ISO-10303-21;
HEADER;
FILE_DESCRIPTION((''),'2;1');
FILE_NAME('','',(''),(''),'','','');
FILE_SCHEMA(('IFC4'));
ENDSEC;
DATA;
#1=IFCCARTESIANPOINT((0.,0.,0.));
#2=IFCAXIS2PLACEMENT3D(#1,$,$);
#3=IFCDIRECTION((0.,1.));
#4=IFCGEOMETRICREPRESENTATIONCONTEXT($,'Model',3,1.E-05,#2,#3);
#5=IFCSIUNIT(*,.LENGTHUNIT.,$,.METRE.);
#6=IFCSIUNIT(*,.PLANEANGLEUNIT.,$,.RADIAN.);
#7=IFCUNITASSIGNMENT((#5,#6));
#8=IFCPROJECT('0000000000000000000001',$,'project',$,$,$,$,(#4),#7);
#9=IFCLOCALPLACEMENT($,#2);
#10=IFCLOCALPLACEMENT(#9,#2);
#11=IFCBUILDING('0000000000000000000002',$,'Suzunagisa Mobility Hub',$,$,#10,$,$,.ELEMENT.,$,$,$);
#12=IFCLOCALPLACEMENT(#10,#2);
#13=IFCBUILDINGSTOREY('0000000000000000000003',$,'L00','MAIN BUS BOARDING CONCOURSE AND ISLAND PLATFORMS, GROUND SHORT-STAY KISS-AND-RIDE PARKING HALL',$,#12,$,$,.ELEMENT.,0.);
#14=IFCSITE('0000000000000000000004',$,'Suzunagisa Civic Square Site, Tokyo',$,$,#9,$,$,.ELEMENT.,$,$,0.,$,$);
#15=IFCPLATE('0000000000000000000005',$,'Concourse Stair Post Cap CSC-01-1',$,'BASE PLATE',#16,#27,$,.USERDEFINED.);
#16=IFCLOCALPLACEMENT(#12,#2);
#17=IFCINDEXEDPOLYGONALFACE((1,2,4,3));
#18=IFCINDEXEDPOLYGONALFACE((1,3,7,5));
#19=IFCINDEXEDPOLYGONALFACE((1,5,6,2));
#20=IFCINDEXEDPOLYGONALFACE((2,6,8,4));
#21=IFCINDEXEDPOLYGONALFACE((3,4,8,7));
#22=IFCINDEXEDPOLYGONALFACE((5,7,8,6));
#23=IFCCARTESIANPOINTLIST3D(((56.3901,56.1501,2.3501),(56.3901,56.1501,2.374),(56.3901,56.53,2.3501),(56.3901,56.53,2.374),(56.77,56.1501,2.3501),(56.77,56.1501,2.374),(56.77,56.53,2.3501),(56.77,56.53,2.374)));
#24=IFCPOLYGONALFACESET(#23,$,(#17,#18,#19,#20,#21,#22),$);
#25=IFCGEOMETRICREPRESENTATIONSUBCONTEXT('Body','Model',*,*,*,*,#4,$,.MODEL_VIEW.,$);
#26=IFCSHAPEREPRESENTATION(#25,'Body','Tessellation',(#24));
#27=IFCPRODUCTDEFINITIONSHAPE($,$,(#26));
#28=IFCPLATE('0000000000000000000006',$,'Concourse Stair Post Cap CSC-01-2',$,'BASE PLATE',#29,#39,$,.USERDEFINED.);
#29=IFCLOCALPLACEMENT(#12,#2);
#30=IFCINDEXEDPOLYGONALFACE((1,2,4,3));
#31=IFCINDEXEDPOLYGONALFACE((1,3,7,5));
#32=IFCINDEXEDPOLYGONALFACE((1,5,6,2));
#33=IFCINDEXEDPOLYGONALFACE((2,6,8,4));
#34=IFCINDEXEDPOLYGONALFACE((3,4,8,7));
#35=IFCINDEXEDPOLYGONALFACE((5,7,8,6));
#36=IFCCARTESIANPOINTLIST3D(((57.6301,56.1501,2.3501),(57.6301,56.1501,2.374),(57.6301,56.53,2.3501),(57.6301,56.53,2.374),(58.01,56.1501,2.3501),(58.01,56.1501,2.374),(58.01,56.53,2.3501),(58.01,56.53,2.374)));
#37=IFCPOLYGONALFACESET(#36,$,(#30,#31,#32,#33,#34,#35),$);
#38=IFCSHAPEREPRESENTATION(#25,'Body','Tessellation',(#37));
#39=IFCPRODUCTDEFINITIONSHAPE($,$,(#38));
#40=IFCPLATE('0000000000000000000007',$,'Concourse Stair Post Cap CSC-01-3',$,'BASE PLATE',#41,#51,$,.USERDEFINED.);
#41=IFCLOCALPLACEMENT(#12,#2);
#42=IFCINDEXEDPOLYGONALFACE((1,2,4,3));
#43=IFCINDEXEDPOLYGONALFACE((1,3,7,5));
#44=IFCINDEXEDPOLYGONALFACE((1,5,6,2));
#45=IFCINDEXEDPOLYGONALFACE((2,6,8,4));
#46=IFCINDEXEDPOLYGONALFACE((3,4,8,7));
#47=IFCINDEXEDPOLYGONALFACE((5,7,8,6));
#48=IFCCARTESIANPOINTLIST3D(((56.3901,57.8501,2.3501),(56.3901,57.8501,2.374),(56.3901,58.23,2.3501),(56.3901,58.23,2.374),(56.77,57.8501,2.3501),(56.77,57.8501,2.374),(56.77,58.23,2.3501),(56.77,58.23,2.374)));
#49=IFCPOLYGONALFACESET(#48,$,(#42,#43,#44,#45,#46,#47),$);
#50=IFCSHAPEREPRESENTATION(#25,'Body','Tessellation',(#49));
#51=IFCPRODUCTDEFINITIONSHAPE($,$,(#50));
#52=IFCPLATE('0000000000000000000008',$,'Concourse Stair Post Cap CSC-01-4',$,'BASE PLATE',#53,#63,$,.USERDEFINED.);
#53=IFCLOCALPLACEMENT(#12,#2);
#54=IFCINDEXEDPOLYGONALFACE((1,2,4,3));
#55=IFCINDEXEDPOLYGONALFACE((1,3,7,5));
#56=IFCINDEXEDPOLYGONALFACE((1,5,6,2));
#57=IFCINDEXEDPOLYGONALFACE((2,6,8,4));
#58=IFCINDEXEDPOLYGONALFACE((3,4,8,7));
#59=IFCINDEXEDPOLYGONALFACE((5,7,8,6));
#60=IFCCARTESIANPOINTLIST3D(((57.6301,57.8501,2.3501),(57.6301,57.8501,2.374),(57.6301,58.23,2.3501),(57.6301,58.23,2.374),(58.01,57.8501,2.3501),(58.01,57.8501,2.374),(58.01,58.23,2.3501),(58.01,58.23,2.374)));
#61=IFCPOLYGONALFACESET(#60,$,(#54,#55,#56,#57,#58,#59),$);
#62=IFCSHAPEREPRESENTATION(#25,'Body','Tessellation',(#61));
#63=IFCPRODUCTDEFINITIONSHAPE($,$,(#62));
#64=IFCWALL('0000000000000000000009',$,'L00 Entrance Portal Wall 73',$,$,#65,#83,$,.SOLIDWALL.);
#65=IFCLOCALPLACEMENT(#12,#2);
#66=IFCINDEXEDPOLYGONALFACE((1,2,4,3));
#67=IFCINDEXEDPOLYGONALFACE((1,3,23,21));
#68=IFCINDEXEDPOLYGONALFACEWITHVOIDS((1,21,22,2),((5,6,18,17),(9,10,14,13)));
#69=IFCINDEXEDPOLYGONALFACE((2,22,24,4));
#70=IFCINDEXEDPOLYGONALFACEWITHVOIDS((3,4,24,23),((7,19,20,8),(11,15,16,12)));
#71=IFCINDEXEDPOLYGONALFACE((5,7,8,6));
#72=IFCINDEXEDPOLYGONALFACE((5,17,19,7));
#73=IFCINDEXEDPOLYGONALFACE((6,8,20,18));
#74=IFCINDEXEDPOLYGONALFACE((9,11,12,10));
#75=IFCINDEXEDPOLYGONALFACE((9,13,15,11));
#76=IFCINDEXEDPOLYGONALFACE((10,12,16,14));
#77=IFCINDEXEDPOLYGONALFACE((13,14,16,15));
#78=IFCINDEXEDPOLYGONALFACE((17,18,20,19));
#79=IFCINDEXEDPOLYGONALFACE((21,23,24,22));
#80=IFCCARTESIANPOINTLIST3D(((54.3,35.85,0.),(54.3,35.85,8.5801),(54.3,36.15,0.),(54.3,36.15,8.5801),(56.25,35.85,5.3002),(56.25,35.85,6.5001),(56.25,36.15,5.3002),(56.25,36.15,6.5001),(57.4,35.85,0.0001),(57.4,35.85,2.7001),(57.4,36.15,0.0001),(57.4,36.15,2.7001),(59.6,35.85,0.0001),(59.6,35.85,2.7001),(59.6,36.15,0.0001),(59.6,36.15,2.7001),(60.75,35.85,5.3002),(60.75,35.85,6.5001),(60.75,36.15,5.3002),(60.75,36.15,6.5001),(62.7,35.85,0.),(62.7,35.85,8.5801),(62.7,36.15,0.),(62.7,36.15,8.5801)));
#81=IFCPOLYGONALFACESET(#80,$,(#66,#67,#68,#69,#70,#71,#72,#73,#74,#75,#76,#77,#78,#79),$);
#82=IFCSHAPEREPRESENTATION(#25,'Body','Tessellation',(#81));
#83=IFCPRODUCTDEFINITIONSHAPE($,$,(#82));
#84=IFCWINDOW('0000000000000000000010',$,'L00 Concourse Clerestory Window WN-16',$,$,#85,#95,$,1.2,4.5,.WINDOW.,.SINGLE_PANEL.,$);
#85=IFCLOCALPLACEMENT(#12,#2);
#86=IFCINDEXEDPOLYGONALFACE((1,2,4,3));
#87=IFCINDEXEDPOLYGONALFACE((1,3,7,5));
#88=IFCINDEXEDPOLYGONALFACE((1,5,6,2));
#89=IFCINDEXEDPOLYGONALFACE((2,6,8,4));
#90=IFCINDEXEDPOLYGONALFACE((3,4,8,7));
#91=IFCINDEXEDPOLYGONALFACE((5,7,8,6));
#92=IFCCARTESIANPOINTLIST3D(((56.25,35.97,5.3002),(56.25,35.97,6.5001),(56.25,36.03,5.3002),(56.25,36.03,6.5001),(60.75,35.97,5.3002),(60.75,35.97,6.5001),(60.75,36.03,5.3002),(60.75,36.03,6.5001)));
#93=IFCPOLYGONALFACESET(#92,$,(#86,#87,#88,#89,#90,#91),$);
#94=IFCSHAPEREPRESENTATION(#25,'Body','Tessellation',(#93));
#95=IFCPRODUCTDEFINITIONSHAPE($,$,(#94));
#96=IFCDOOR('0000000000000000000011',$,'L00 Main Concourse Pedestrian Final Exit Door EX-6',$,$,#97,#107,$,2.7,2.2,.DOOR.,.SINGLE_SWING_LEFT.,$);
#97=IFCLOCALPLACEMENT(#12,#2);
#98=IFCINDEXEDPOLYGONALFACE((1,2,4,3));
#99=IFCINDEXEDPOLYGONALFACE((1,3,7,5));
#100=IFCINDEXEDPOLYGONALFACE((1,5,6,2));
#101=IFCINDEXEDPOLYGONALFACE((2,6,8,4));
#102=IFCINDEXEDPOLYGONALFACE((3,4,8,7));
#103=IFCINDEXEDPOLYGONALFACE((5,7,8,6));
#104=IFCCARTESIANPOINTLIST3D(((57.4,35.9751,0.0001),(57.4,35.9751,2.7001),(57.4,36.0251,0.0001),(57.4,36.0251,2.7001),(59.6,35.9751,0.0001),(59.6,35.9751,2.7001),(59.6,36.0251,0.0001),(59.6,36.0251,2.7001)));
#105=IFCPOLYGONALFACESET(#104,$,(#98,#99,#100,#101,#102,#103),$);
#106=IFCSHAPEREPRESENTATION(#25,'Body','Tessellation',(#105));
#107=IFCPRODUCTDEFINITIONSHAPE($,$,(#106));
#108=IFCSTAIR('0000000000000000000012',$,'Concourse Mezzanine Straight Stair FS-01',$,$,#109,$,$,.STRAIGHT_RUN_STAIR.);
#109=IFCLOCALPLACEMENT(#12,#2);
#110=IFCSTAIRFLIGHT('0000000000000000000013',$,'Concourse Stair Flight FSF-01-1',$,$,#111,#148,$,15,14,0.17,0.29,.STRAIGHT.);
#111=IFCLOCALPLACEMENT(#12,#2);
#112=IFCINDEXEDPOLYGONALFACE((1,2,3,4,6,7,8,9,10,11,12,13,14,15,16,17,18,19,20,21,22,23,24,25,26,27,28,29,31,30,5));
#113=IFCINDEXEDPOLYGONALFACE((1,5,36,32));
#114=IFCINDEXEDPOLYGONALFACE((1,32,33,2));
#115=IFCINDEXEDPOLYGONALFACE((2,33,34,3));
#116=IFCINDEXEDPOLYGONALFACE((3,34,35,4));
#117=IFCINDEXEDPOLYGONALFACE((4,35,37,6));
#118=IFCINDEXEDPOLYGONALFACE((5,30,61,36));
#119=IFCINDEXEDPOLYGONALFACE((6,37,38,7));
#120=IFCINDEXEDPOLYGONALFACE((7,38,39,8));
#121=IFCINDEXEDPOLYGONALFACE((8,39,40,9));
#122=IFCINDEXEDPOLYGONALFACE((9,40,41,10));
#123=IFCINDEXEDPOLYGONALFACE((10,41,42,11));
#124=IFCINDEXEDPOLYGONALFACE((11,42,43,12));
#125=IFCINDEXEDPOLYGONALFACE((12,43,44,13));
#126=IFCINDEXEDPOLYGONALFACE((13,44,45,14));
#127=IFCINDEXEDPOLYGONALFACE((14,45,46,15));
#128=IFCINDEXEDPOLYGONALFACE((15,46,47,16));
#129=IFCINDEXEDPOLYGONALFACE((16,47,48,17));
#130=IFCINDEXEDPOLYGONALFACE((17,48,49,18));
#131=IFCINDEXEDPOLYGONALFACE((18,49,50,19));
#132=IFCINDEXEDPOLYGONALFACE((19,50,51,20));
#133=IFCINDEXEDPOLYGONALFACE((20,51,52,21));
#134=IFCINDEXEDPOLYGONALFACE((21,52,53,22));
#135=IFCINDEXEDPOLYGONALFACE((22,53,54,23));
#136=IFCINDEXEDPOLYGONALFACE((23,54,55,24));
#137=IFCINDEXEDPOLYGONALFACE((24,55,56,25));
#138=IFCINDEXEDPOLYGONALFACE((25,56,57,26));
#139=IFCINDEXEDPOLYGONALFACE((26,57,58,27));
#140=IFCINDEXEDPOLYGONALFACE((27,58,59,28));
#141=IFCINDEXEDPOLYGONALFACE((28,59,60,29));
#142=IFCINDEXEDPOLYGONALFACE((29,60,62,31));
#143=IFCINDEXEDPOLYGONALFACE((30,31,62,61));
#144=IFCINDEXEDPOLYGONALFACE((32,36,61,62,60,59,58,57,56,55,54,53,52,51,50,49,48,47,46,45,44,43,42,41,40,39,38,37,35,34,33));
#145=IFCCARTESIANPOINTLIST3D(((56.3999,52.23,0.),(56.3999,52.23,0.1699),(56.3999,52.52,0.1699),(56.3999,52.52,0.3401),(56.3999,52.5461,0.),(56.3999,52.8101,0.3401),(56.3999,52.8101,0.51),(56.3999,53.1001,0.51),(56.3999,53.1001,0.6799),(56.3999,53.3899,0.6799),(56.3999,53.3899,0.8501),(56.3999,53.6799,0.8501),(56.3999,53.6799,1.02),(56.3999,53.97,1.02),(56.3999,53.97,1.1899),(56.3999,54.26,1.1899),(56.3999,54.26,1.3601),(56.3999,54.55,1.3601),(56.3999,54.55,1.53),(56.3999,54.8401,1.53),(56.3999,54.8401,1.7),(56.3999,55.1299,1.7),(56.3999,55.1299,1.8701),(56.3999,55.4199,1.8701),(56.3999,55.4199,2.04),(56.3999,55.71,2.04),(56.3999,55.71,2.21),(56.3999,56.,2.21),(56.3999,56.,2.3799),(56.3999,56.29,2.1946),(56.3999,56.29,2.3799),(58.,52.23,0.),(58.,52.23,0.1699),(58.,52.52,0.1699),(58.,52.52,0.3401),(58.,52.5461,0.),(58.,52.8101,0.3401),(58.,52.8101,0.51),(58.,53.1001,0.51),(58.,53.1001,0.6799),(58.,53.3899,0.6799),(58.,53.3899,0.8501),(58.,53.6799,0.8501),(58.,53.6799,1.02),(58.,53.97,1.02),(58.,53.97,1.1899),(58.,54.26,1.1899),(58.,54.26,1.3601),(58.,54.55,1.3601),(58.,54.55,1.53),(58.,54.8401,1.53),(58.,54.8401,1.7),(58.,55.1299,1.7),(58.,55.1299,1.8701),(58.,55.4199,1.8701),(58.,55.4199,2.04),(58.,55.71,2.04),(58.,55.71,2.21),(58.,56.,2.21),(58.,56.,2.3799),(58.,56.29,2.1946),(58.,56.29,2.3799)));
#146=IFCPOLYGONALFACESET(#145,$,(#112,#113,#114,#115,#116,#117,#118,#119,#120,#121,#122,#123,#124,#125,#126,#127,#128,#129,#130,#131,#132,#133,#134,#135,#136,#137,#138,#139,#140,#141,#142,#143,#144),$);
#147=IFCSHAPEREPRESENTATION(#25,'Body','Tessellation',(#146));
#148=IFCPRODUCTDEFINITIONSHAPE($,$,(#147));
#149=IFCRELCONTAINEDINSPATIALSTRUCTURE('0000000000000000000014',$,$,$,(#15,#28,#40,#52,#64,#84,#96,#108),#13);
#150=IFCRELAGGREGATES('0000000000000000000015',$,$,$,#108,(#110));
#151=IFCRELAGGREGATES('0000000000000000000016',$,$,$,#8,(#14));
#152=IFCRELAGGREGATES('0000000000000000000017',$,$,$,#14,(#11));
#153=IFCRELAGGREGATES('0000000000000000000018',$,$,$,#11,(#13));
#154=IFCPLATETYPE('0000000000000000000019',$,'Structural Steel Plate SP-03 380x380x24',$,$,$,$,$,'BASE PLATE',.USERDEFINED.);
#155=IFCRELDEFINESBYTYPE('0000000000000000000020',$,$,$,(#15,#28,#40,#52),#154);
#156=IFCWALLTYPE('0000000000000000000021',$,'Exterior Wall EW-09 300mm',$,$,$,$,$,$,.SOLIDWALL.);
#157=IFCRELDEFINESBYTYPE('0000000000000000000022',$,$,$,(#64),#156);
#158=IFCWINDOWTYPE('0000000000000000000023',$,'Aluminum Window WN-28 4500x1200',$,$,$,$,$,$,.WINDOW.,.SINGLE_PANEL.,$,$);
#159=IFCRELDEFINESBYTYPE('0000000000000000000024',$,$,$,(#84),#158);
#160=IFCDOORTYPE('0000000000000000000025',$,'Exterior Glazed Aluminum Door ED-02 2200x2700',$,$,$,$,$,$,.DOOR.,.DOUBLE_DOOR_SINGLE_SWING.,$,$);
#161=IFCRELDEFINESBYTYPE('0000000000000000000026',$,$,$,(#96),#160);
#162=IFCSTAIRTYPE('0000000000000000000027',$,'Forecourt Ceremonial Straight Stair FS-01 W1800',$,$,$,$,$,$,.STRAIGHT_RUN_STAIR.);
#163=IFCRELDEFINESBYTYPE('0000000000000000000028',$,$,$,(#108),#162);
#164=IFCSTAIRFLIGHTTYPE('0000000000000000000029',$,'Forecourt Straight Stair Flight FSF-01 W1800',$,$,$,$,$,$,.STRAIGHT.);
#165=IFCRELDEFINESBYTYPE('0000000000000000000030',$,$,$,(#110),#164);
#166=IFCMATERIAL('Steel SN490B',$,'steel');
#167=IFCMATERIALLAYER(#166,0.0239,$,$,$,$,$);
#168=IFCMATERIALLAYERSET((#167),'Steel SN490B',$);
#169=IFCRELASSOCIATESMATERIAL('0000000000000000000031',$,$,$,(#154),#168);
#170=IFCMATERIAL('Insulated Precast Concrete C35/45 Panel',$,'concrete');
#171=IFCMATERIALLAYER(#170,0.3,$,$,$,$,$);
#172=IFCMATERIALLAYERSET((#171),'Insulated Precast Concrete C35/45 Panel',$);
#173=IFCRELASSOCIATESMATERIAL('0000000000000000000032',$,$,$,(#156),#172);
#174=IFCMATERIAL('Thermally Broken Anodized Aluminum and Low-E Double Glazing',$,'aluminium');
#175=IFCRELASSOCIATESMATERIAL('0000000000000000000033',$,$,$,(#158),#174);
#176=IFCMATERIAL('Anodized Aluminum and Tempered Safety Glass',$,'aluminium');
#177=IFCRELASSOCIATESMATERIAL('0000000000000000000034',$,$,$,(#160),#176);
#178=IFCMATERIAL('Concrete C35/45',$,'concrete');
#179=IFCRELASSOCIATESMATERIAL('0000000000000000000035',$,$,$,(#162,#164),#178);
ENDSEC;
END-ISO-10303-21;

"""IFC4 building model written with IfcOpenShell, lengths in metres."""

from ifc_helpers import new_model, si_unit, direction, frame, frame_2d, origin, origin_2d, place, context, subcontext, project, spatial, polyline, rectangle, outline, extrude, material, layer, layer_set, type_object, element, fill, aggregate, save


model = new_model("IFC4")

# Units and contexts
model_context = context("Model", 3, precision=1e-05, world=origin(), true_north=direction((0.0, 1.0)))
body_context = subcontext(model_context, "Body", "Model", "MODEL_VIEW")
ifc_project = project(units=[si_unit("LENGTHUNIT", "METRE"), si_unit("PLANEANGLEUNIT", "RADIAN")], contexts=[model_context])

# Site, building, storey
site_placement = place(None, origin())
site = spatial("IfcSite", under=ifc_project, at=site_placement, Name="Suzunagisa Civic Square Site, Tokyo", CompositionType="ELEMENT", RefElevation=0.0)
building_placement = place(site_placement, origin())
building = spatial("IfcBuilding", under=site, at=building_placement, Name="Suzunagisa Mobility Hub", CompositionType="ELEMENT")
storey_placement = place(building_placement, origin())
storey = spatial("IfcBuildingStorey", under=building, at=storey_placement, Name="L00", Description="MAIN BUS BOARDING CONCOURSE AND ISLAND PLATFORMS, GROUND SHORT-STAY KISS-AND-RIDE PARKING HALL", CompositionType="ELEMENT", Elevation=0.0)

# Shared definitions
ifc_material_1 = material(Name="Steel SN490B", Category="steel")

# Plates
ifc_layer_1 = layer(ifc_material_1, 0.0239)
ifc_layer_set_1 = layer_set([ifc_layer_1], Name="Steel SN490B")
plate_type = type_object("IfcPlateType", Name="Structural Steel Plate SP-03 380x380x24", ElementType="BASE PLATE", PredefinedType="USERDEFINED", material=ifc_layer_set_1)
for number, where, z_axis, x_axis, name in (
    (1, (56.5801, 56.3401, 2.3501), (0.0, 0.0, 1.0), (1.0, 0.0, 0.0), "Concourse Stair Post Cap CSC-01-1"),
    (2, (57.8201, 56.3401, 2.3501), (0.0, 0.0, 1.0), (1.0, 0.0, 0.0), "Concourse Stair Post Cap CSC-01-2"),
    (3, (56.5801, 58.04, 2.3501), (0.0, 0.0, 1.0), (1.0, 0.0, 0.0), "Concourse Stair Post Cap CSC-01-3"),
    (4, (57.8201, 58.04, 2.3501), (0.0, 0.0, 1.0), (1.0, 0.0, 0.0), "Concourse Stair Post Cap CSC-01-4"),
):
    element("IfcPlate", number, at=place(storey_placement, frame(where, z_axis=z_axis, x_axis=x_axis)), inside=storey, type_object=plate_type, Name=name, ObjectType="BASE PLATE", PredefinedType="USERDEFINED", context=body_context, shape_type="SweptSolid", body=[
        extrude(rectangle(XDim=0.3799, YDim=0.3799, at=origin_2d()), origin(), (0.0, 0.0, 1.0), 0.0239),
    ])

# Wall, openings, window, door
ifc_material_2 = material(Name="Insulated Precast Concrete C35/45 Panel", Category="concrete")
ifc_layer_2 = layer(ifc_material_2, 0.3)
ifc_layer_set_2 = layer_set([ifc_layer_2], Name="Insulated Precast Concrete C35/45 Panel")
wall_type = type_object("IfcWallType", Name="Exterior Wall EW-09 300mm", PredefinedType="SOLIDWALL", material=ifc_layer_set_2)
wall_placement = place(storey_placement, frame((54.3, 36.0, 0.0), z_axis=(0.0, 0.0, 1.0), x_axis=(1.0, 0.0, 0.0)))
wall = element("IfcWall", 5, at=wall_placement, inside=storey, type_object=wall_type, Name="L00 Entrance Portal Wall 73", PredefinedType="SOLIDWALL", context=body_context, shape_type="SweptSolid", body=[
    extrude(rectangle(XDim=8.3999, YDim=0.3, at=frame_2d((4.2, 0.0))), origin(), (0.0, 0.0, 1.0), 8.5801),
])
opening_1_placement = place(wall_placement, frame((5.3, 0.0, 0.0), z_axis=(0.0, 0.0, 1.0), x_axis=(-1.0, 0.0, 0.0)))
opening_1 = element("IfcOpeningElement", 6, at=opening_1_placement, cuts=wall, PredefinedType="OPENING", context=body_context, shape_type="SweptSolid", body=[
    extrude(rectangle(XDim=2.2, YDim=2.7, at=frame_2d((1.1001, 1.3501))), frame((0.0, 0.1611, 0.0), z_axis=(0.0, -1.0, 0.0), x_axis=(1.0, 0.0, 0.0)), (0.0, 0.0, 1.0), 0.322),
])
opening_2_placement = place(wall_placement, frame((1.95, 0.0, 5.3)))
opening_2 = element("IfcOpeningElement", 7, at=opening_2_placement, cuts=wall, PredefinedType="OPENING", context=body_context, shape_type="SweptSolid", body=[
    extrude(rectangle(XDim=4.5, YDim=1.2, at=frame_2d((2.25, 0.6001))), frame((0.0, 0.1611, 0.0), z_axis=(0.0, -1.0, 0.0), x_axis=(1.0, 0.0, 0.0)), (0.0, 0.0, 1.0), 0.322),
])
ifc_material_3 = material(Name="Thermally Broken Anodized Aluminum and Low-E Double Glazing", Category="aluminium")
window_type = type_object("IfcWindowType", Name="Aluminum Window WN-28 4500x1200", PartitioningType="SINGLE_PANEL", PredefinedType="WINDOW", material=ifc_material_3)
window_placement = place(opening_2_placement, origin())
window = element("IfcWindow", 8, at=window_placement, inside=storey, type_object=window_type, Name="L00 Concourse Clerestory Window WN-16", OverallHeight=1.2, OverallWidth=4.5, PartitioningType="SINGLE_PANEL", PredefinedType="WINDOW", context=body_context, shape_type="SweptSolid", body=[
    extrude(rectangle(XDim=4.5, YDim=1.2, at=frame_2d((2.25, 0.6001))), frame((0.0, 0.03, 0.0), z_axis=(0.0, -1.0, 0.0), x_axis=(1.0, 0.0, 0.0)), (0.0, 0.0, 1.0), 0.0601),
])
fill(opening_2, window)
ifc_material_4 = material(Name="Anodized Aluminum and Tempered Safety Glass", Category="aluminium")
door_type = type_object("IfcDoorType", Name="Exterior Glazed Aluminum Door ED-02 2200x2700", OperationType="DOUBLE_DOOR_SINGLE_SWING", PredefinedType="DOOR", material=ifc_material_4)
door_placement = place(opening_1_placement, origin())
door = element("IfcDoor", 9, at=door_placement, inside=storey, type_object=door_type, Name="L00 Main Concourse Pedestrian Final Exit Door EX-6", OperationType="SINGLE_SWING_LEFT", OverallHeight=2.7, OverallWidth=2.2, PredefinedType="DOOR", context=body_context, shape_type="SweptSolid", body=[
    extrude(rectangle(XDim=2.2, YDim=2.7, at=frame_2d((1.1001, 1.3501))), frame((0.0, 0.0249, 0.0), z_axis=(0.0, -1.0, 0.0), x_axis=(1.0, 0.0, 0.0)), (0.0, 0.0, 1.0), 0.05),
])
fill(opening_1, door)

# Stair, stair flight
ifc_material_5 = material(Name="Concrete C35/45", Category="concrete")
stair_type = type_object("IfcStairType", Name="Forecourt Ceremonial Straight Stair FS-01 W1800", PredefinedType="STRAIGHT_RUN_STAIR", material=ifc_material_5)
stair_placement = place(storey_placement, origin())
stair = element("IfcStair", 10, at=stair_placement, inside=storey, type_object=stair_type, Name="Concourse Mezzanine Straight Stair FS-01", PredefinedType="STRAIGHT_RUN_STAIR")
stair_flight_type = type_object("IfcStairFlightType", Name="Forecourt Straight Stair Flight FSF-01 W1800", PredefinedType="STRAIGHT", material=ifc_material_5)
stair_flight_1_placement = place(storey_placement, frame((57.2, 52.23, 0.0), z_axis=(0.0, 0.0, 1.0), x_axis=(0.0, 1.0, 0.0)))
stair_flight_1 = element("IfcStairFlight", 11, at=stair_flight_1_placement, type_object=stair_flight_type, Name="Concourse Stair Flight FSF-01-1", NumberOfRisers=15, NumberOfTreads=14, PredefinedType="STRAIGHT", RiserHeight=0.17, TreadLength=0.29, context=body_context, shape_type="SweptSolid", body=[
    extrude(outline(polyline([(0.0, 0.0), (0.0, 0.1699), (0.29, 0.1699), (0.29, 0.3401), (0.5801, 0.3401), (0.5801, 0.51), (0.8701, 0.51), (0.8701, 0.6799), (1.1599, 0.6799), (1.1599, 0.8501), (1.45, 0.8501), (1.45, 1.02), (1.74, 1.02), (1.74, 1.1899), (2.03, 1.1899), (2.03, 1.3601), (2.3201, 1.3601), (2.3201, 1.53), (2.6101, 1.53), (2.6101, 1.7), (2.8999, 1.7), (2.8999, 1.8701), (3.1899, 1.8701), (3.1899, 2.04), (3.48, 2.04), (3.48, 2.21), (3.77, 2.21), (3.77, 2.3799), (4.0601, 2.3799), (4.0601, 2.55), (4.0601, 2.1946), (0.3162, 0.0), (0.0, 0.0)])), frame((0.0, 0.8, 0.0), z_axis=(0.0, -1.0, 0.0), x_axis=(1.0, 0.0, 0.0)), (0.0, 0.0, 1.0), 1.6001),
])
aggregate(stair, [stair_flight_1])

save(model, "model.ifc")
